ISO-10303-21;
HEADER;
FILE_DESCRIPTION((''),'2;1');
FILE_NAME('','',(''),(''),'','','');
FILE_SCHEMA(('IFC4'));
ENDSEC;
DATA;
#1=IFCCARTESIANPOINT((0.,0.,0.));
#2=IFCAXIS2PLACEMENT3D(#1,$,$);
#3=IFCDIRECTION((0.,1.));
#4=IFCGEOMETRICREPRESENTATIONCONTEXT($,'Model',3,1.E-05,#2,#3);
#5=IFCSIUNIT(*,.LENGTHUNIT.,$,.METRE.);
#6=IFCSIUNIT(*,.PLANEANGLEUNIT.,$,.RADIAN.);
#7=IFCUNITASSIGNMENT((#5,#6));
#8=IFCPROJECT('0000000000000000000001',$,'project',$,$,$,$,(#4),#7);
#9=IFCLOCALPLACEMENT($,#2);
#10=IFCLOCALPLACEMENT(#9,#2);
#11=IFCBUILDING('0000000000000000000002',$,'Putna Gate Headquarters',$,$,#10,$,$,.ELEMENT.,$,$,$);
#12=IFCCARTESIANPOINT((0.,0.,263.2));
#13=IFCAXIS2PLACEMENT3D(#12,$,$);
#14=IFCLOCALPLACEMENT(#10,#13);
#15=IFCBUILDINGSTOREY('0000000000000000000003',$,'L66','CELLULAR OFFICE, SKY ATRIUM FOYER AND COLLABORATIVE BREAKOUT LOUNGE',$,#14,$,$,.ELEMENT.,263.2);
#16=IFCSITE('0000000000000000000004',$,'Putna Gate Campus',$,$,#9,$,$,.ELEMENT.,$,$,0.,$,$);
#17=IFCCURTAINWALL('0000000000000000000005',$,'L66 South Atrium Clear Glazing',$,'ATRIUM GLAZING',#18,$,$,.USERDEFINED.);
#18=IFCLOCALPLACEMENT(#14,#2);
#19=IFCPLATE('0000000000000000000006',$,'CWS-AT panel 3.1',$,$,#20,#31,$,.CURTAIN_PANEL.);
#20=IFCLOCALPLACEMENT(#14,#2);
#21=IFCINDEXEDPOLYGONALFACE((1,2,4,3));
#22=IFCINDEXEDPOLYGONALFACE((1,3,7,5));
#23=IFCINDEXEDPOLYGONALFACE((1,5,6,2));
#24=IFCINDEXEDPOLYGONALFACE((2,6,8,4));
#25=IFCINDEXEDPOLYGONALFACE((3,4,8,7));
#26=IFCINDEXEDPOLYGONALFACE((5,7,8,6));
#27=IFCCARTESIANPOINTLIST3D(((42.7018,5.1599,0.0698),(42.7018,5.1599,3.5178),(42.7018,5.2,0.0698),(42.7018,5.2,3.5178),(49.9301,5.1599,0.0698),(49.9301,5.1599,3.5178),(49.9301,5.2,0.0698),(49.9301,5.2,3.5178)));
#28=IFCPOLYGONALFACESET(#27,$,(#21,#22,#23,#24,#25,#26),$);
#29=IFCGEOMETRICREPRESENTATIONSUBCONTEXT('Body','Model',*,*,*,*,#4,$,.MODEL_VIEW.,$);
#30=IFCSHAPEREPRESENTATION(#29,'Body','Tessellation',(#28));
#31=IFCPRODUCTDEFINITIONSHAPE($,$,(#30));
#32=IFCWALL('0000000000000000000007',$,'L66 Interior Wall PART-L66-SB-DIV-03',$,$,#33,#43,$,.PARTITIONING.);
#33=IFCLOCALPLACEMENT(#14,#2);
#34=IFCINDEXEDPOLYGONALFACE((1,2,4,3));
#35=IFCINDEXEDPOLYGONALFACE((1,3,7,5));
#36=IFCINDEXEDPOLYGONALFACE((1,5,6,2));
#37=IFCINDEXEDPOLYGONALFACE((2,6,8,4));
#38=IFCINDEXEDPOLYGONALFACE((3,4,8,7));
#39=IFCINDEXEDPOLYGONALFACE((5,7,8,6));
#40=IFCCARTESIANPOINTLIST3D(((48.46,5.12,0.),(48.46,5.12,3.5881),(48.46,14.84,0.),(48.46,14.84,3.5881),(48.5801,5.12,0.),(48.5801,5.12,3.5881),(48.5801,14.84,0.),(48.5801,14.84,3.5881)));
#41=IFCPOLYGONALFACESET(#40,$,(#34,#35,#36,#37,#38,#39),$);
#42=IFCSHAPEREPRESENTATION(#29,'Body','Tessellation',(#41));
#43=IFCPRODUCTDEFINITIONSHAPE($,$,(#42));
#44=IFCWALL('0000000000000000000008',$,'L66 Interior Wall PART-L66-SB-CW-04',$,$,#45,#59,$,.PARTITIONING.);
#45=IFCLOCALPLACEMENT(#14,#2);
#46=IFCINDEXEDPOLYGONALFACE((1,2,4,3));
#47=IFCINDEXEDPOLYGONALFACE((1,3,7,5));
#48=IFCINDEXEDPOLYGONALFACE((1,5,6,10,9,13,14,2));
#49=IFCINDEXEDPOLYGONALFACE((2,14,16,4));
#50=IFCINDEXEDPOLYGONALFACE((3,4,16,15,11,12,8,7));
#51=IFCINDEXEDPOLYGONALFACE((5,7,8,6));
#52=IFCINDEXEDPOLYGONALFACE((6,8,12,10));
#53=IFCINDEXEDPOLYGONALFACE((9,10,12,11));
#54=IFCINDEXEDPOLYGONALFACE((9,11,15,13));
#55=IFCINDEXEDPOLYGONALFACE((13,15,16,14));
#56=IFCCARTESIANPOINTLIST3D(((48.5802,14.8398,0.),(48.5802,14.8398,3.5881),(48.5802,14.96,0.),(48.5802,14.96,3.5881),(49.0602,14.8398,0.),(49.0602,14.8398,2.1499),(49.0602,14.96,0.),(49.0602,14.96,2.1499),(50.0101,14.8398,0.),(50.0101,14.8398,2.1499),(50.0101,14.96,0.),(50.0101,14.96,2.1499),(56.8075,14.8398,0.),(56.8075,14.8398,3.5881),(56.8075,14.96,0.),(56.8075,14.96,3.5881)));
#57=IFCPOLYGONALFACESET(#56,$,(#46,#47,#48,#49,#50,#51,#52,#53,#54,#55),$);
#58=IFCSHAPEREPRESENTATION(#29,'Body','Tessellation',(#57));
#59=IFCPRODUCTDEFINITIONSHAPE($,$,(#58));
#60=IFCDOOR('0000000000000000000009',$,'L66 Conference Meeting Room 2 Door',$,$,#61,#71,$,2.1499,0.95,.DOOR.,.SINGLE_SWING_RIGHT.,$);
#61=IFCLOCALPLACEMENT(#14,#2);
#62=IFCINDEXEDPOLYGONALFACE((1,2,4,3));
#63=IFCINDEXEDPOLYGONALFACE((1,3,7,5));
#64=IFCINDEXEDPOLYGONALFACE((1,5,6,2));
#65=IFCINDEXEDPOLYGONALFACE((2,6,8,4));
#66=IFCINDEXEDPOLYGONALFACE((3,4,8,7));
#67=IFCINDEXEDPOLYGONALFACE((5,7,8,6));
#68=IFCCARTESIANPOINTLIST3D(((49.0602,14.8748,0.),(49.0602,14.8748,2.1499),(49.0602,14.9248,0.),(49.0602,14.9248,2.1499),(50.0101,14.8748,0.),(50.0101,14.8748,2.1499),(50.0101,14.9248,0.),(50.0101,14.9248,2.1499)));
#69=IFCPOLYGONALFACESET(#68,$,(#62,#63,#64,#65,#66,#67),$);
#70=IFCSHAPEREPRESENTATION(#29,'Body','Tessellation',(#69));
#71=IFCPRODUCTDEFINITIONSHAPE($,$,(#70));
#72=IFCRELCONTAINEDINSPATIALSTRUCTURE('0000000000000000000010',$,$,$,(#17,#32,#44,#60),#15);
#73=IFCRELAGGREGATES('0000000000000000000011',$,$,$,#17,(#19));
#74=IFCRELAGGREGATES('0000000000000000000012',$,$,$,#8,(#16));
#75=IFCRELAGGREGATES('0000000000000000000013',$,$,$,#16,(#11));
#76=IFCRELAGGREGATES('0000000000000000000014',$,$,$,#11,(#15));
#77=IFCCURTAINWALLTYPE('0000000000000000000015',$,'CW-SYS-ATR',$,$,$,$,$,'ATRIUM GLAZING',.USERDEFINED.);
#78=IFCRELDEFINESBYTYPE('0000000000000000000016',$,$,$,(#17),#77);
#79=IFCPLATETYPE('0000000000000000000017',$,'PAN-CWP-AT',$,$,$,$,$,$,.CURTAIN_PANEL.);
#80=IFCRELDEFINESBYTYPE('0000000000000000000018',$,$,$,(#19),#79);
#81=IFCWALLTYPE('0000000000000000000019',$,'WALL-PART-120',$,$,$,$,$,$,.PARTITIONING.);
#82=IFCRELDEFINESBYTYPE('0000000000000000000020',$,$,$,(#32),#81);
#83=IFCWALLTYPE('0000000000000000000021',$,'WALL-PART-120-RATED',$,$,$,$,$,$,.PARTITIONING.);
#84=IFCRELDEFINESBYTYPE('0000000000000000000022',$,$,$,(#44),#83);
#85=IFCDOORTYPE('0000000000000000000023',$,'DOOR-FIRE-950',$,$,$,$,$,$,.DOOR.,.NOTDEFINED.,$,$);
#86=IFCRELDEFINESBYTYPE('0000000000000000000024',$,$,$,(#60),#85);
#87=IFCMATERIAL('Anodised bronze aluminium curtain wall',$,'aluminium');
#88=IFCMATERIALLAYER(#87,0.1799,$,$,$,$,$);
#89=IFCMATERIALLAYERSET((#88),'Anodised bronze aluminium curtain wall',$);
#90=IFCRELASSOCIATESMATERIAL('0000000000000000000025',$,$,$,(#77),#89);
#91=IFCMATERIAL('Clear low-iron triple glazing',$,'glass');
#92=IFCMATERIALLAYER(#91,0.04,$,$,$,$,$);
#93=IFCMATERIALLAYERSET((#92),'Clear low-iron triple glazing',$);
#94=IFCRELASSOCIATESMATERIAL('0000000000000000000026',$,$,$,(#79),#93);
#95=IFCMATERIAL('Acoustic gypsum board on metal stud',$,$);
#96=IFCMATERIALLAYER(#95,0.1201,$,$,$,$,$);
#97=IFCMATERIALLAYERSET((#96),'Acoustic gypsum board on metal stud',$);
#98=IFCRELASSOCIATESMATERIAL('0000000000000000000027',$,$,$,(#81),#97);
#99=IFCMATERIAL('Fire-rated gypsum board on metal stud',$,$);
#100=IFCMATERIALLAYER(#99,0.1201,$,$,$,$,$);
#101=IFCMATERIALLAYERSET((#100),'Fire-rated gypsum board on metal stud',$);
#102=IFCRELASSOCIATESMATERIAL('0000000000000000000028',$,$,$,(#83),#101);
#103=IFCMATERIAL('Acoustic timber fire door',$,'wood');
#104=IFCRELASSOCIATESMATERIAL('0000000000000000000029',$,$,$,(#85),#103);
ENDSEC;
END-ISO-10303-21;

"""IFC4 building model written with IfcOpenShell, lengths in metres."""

from ifc_helpers import new_model, si_unit, direction, frame, frame_2d, origin, origin_2d, place, context, subcontext, project, spatial, rectangle, extrude, material, layer, layer_set, type_object, element, fill, aggregate, save


model = new_model("IFC4")

# Units and contexts
model_context = context("Model", 3, precision=1e-05, world=origin(), true_north=direction((0.0, 1.0)))
body_context = subcontext(model_context, "Body", "Model", "MODEL_VIEW")
ifc_project = project(units=[si_unit("LENGTHUNIT", "METRE"), si_unit("PLANEANGLEUNIT", "RADIAN")], contexts=[model_context])

# Site, building, storey
site_placement = place(None, origin())
site = spatial("IfcSite", under=ifc_project, at=site_placement, Name="Putna Gate Campus", CompositionType="ELEMENT", RefElevation=0.0)
building_placement = place(site_placement, origin())
building = spatial("IfcBuilding", under=site, at=building_placement, Name="Putna Gate Headquarters", CompositionType="ELEMENT")
storey_placement = place(building_placement, frame((0.0, 0.0, 263.2)))
storey = spatial("IfcBuildingStorey", under=building, at=storey_placement, Name="L66", Description="CELLULAR OFFICE, SKY ATRIUM FOYER AND COLLABORATIVE BREAKOUT LOUNGE", CompositionType="ELEMENT", Elevation=263.2)

# Shared definitions
ifc_material_1 = material(Name="Anodised bronze aluminium curtain wall", Category="aluminium")

# Curtain wall
ifc_layer_1 = layer(ifc_material_1, 0.1799)
ifc_layer_set_1 = layer_set([ifc_layer_1], Name="Anodised bronze aluminium curtain wall")
curtain_wall_type_1 = type_object("IfcCurtainWallType", Name="CW-SYS-ATR", ElementType="ATRIUM GLAZING", PredefinedType="USERDEFINED", material=ifc_layer_set_1)
curtain_wall_1_placement = place(storey_placement, origin())
curtain_wall_1 = element("IfcCurtainWall", 1, at=curtain_wall_1_placement, inside=storey, type_object=curtain_wall_type_1, Name="L66 South Atrium Clear Glazing", ObjectType="ATRIUM GLAZING", PredefinedType="USERDEFINED")

# Plate
ifc_material_2 = material(Name="Clear low-iron triple glazing", Category="glass")
ifc_layer_2 = layer(ifc_material_2, 0.04)
ifc_layer_set_2 = layer_set([ifc_layer_2], Name="Clear low-iron triple glazing")
plate_type = type_object("IfcPlateType", Name="PAN-CWP-AT", PredefinedType="CURTAIN_PANEL", material=ifc_layer_set_2)
plate_1_placement = place(storey_placement, frame((46.3159, 5.1799, 0.0698), z_axis=(0.0, 0.0, 1.0), x_axis=(1.0, 0.0, 0.0)))
plate_1 = element("IfcPlate", 2, at=plate_1_placement, type_object=plate_type, Name="CWS-AT panel 3.1", PredefinedType="CURTAIN_PANEL", context=body_context, shape_type="SweptSolid", body=[
    extrude(rectangle(XDim=7.2283, YDim=0.04, at=origin_2d()), origin(), (0.0, 0.0, 1.0), 3.448),
])
aggregate(curtain_wall_1, [plate_1])

# Wall
ifc_material_3 = material(Name="Acoustic gypsum board on metal stud")
ifc_layer_3 = layer(ifc_material_3, 0.1201)
ifc_layer_set_3 = layer_set([ifc_layer_3], Name="Acoustic gypsum board on metal stud")
wall_type_1 = type_object("IfcWallType", Name="WALL-PART-120", PredefinedType="PARTITIONING", material=ifc_layer_set_3)
wall_1_placement = place(storey_placement, frame((48.52, 5.1201, 0.0), z_axis=(0.0, 0.0, 1.0), x_axis=(0.0, 1.0, 0.0)))
element("IfcWall", 3, at=wall_1_placement, inside=storey, type_object=wall_type_1, Name="L66 Interior Wall PART-L66-SB-DIV-03", PredefinedType="PARTITIONING", context=body_context, shape_type="SweptSolid", body=[
    extrude(rectangle(XDim=9.72, YDim=0.1201, at=frame_2d((4.8599, 0.0))), origin(), (0.0, 0.0, 1.0), 3.5881),
])

# Wall, opening, door
ifc_material_4 = material(Name="Fire-rated gypsum board on metal stud")
ifc_layer_4 = layer(ifc_material_4, 0.1201)
ifc_layer_set_4 = layer_set([ifc_layer_4], Name="Fire-rated gypsum board on metal stud")
wall_type_2 = type_object("IfcWallType", Name="WALL-PART-120-RATED", PredefinedType="PARTITIONING", material=ifc_layer_set_4)
wall_2_placement = place(storey_placement, frame((48.5801, 14.8999, 0.0), z_axis=(0.0, 0.0, 1.0), x_axis=(1.0, 0.0, 0.0)))
wall_2 = element("IfcWall", 4, at=wall_2_placement, inside=storey, type_object=wall_type_2, Name="L66 Interior Wall PART-L66-SB-CW-04", PredefinedType="PARTITIONING", context=body_context, shape_type="SweptSolid", body=[
    extrude(rectangle(XDim=8.2273, YDim=0.1201, at=frame_2d((4.1138, 0.0))), origin(), (0.0, 0.0, 1.0), 3.5881),
])
opening_placement = place(wall_2_placement, frame((0.48, 0.0, 0.0)))
opening = element("IfcOpeningElement", 5, at=opening_placement, cuts=wall_2, PredefinedType="OPENING", context=body_context, shape_type="SweptSolid", body=[
    extrude(rectangle(XDim=0.95, YDim=2.1499, at=frame_2d((0.4751, 1.075))), frame((0.0, 0.0701, 0.0), z_axis=(0.0, -1.0, 0.0), x_axis=(1.0, 0.0, 0.0)), (0.0, 0.0, 1.0), 0.1401),
])
ifc_material_5 = material(Name="Acoustic timber fire door", Category="wood")
door_type = type_object("IfcDoorType", Name="DOOR-FIRE-950", OperationType="NOTDEFINED", PredefinedType="DOOR", material=ifc_material_5)
door_placement = place(opening_placement, origin())
door = element("IfcDoor", 6, at=door_placement, inside=storey, type_object=door_type, Name="L66 Conference Meeting Room 2 Door", OperationType="SINGLE_SWING_RIGHT", OverallHeight=2.1499, OverallWidth=0.95, PredefinedType="DOOR", context=body_context, shape_type="SweptSolid", body=[
    extrude(rectangle(XDim=0.95, YDim=2.1499, at=frame_2d((0.4751, 1.075))), frame((0.0, 0.0249, 0.0), z_axis=(0.0, -1.0, 0.0), x_axis=(1.0, 0.0, 0.0)), (0.0, 0.0, 1.0), 0.05),
])
fill(opening, door)

save(model, "model.ifc")
